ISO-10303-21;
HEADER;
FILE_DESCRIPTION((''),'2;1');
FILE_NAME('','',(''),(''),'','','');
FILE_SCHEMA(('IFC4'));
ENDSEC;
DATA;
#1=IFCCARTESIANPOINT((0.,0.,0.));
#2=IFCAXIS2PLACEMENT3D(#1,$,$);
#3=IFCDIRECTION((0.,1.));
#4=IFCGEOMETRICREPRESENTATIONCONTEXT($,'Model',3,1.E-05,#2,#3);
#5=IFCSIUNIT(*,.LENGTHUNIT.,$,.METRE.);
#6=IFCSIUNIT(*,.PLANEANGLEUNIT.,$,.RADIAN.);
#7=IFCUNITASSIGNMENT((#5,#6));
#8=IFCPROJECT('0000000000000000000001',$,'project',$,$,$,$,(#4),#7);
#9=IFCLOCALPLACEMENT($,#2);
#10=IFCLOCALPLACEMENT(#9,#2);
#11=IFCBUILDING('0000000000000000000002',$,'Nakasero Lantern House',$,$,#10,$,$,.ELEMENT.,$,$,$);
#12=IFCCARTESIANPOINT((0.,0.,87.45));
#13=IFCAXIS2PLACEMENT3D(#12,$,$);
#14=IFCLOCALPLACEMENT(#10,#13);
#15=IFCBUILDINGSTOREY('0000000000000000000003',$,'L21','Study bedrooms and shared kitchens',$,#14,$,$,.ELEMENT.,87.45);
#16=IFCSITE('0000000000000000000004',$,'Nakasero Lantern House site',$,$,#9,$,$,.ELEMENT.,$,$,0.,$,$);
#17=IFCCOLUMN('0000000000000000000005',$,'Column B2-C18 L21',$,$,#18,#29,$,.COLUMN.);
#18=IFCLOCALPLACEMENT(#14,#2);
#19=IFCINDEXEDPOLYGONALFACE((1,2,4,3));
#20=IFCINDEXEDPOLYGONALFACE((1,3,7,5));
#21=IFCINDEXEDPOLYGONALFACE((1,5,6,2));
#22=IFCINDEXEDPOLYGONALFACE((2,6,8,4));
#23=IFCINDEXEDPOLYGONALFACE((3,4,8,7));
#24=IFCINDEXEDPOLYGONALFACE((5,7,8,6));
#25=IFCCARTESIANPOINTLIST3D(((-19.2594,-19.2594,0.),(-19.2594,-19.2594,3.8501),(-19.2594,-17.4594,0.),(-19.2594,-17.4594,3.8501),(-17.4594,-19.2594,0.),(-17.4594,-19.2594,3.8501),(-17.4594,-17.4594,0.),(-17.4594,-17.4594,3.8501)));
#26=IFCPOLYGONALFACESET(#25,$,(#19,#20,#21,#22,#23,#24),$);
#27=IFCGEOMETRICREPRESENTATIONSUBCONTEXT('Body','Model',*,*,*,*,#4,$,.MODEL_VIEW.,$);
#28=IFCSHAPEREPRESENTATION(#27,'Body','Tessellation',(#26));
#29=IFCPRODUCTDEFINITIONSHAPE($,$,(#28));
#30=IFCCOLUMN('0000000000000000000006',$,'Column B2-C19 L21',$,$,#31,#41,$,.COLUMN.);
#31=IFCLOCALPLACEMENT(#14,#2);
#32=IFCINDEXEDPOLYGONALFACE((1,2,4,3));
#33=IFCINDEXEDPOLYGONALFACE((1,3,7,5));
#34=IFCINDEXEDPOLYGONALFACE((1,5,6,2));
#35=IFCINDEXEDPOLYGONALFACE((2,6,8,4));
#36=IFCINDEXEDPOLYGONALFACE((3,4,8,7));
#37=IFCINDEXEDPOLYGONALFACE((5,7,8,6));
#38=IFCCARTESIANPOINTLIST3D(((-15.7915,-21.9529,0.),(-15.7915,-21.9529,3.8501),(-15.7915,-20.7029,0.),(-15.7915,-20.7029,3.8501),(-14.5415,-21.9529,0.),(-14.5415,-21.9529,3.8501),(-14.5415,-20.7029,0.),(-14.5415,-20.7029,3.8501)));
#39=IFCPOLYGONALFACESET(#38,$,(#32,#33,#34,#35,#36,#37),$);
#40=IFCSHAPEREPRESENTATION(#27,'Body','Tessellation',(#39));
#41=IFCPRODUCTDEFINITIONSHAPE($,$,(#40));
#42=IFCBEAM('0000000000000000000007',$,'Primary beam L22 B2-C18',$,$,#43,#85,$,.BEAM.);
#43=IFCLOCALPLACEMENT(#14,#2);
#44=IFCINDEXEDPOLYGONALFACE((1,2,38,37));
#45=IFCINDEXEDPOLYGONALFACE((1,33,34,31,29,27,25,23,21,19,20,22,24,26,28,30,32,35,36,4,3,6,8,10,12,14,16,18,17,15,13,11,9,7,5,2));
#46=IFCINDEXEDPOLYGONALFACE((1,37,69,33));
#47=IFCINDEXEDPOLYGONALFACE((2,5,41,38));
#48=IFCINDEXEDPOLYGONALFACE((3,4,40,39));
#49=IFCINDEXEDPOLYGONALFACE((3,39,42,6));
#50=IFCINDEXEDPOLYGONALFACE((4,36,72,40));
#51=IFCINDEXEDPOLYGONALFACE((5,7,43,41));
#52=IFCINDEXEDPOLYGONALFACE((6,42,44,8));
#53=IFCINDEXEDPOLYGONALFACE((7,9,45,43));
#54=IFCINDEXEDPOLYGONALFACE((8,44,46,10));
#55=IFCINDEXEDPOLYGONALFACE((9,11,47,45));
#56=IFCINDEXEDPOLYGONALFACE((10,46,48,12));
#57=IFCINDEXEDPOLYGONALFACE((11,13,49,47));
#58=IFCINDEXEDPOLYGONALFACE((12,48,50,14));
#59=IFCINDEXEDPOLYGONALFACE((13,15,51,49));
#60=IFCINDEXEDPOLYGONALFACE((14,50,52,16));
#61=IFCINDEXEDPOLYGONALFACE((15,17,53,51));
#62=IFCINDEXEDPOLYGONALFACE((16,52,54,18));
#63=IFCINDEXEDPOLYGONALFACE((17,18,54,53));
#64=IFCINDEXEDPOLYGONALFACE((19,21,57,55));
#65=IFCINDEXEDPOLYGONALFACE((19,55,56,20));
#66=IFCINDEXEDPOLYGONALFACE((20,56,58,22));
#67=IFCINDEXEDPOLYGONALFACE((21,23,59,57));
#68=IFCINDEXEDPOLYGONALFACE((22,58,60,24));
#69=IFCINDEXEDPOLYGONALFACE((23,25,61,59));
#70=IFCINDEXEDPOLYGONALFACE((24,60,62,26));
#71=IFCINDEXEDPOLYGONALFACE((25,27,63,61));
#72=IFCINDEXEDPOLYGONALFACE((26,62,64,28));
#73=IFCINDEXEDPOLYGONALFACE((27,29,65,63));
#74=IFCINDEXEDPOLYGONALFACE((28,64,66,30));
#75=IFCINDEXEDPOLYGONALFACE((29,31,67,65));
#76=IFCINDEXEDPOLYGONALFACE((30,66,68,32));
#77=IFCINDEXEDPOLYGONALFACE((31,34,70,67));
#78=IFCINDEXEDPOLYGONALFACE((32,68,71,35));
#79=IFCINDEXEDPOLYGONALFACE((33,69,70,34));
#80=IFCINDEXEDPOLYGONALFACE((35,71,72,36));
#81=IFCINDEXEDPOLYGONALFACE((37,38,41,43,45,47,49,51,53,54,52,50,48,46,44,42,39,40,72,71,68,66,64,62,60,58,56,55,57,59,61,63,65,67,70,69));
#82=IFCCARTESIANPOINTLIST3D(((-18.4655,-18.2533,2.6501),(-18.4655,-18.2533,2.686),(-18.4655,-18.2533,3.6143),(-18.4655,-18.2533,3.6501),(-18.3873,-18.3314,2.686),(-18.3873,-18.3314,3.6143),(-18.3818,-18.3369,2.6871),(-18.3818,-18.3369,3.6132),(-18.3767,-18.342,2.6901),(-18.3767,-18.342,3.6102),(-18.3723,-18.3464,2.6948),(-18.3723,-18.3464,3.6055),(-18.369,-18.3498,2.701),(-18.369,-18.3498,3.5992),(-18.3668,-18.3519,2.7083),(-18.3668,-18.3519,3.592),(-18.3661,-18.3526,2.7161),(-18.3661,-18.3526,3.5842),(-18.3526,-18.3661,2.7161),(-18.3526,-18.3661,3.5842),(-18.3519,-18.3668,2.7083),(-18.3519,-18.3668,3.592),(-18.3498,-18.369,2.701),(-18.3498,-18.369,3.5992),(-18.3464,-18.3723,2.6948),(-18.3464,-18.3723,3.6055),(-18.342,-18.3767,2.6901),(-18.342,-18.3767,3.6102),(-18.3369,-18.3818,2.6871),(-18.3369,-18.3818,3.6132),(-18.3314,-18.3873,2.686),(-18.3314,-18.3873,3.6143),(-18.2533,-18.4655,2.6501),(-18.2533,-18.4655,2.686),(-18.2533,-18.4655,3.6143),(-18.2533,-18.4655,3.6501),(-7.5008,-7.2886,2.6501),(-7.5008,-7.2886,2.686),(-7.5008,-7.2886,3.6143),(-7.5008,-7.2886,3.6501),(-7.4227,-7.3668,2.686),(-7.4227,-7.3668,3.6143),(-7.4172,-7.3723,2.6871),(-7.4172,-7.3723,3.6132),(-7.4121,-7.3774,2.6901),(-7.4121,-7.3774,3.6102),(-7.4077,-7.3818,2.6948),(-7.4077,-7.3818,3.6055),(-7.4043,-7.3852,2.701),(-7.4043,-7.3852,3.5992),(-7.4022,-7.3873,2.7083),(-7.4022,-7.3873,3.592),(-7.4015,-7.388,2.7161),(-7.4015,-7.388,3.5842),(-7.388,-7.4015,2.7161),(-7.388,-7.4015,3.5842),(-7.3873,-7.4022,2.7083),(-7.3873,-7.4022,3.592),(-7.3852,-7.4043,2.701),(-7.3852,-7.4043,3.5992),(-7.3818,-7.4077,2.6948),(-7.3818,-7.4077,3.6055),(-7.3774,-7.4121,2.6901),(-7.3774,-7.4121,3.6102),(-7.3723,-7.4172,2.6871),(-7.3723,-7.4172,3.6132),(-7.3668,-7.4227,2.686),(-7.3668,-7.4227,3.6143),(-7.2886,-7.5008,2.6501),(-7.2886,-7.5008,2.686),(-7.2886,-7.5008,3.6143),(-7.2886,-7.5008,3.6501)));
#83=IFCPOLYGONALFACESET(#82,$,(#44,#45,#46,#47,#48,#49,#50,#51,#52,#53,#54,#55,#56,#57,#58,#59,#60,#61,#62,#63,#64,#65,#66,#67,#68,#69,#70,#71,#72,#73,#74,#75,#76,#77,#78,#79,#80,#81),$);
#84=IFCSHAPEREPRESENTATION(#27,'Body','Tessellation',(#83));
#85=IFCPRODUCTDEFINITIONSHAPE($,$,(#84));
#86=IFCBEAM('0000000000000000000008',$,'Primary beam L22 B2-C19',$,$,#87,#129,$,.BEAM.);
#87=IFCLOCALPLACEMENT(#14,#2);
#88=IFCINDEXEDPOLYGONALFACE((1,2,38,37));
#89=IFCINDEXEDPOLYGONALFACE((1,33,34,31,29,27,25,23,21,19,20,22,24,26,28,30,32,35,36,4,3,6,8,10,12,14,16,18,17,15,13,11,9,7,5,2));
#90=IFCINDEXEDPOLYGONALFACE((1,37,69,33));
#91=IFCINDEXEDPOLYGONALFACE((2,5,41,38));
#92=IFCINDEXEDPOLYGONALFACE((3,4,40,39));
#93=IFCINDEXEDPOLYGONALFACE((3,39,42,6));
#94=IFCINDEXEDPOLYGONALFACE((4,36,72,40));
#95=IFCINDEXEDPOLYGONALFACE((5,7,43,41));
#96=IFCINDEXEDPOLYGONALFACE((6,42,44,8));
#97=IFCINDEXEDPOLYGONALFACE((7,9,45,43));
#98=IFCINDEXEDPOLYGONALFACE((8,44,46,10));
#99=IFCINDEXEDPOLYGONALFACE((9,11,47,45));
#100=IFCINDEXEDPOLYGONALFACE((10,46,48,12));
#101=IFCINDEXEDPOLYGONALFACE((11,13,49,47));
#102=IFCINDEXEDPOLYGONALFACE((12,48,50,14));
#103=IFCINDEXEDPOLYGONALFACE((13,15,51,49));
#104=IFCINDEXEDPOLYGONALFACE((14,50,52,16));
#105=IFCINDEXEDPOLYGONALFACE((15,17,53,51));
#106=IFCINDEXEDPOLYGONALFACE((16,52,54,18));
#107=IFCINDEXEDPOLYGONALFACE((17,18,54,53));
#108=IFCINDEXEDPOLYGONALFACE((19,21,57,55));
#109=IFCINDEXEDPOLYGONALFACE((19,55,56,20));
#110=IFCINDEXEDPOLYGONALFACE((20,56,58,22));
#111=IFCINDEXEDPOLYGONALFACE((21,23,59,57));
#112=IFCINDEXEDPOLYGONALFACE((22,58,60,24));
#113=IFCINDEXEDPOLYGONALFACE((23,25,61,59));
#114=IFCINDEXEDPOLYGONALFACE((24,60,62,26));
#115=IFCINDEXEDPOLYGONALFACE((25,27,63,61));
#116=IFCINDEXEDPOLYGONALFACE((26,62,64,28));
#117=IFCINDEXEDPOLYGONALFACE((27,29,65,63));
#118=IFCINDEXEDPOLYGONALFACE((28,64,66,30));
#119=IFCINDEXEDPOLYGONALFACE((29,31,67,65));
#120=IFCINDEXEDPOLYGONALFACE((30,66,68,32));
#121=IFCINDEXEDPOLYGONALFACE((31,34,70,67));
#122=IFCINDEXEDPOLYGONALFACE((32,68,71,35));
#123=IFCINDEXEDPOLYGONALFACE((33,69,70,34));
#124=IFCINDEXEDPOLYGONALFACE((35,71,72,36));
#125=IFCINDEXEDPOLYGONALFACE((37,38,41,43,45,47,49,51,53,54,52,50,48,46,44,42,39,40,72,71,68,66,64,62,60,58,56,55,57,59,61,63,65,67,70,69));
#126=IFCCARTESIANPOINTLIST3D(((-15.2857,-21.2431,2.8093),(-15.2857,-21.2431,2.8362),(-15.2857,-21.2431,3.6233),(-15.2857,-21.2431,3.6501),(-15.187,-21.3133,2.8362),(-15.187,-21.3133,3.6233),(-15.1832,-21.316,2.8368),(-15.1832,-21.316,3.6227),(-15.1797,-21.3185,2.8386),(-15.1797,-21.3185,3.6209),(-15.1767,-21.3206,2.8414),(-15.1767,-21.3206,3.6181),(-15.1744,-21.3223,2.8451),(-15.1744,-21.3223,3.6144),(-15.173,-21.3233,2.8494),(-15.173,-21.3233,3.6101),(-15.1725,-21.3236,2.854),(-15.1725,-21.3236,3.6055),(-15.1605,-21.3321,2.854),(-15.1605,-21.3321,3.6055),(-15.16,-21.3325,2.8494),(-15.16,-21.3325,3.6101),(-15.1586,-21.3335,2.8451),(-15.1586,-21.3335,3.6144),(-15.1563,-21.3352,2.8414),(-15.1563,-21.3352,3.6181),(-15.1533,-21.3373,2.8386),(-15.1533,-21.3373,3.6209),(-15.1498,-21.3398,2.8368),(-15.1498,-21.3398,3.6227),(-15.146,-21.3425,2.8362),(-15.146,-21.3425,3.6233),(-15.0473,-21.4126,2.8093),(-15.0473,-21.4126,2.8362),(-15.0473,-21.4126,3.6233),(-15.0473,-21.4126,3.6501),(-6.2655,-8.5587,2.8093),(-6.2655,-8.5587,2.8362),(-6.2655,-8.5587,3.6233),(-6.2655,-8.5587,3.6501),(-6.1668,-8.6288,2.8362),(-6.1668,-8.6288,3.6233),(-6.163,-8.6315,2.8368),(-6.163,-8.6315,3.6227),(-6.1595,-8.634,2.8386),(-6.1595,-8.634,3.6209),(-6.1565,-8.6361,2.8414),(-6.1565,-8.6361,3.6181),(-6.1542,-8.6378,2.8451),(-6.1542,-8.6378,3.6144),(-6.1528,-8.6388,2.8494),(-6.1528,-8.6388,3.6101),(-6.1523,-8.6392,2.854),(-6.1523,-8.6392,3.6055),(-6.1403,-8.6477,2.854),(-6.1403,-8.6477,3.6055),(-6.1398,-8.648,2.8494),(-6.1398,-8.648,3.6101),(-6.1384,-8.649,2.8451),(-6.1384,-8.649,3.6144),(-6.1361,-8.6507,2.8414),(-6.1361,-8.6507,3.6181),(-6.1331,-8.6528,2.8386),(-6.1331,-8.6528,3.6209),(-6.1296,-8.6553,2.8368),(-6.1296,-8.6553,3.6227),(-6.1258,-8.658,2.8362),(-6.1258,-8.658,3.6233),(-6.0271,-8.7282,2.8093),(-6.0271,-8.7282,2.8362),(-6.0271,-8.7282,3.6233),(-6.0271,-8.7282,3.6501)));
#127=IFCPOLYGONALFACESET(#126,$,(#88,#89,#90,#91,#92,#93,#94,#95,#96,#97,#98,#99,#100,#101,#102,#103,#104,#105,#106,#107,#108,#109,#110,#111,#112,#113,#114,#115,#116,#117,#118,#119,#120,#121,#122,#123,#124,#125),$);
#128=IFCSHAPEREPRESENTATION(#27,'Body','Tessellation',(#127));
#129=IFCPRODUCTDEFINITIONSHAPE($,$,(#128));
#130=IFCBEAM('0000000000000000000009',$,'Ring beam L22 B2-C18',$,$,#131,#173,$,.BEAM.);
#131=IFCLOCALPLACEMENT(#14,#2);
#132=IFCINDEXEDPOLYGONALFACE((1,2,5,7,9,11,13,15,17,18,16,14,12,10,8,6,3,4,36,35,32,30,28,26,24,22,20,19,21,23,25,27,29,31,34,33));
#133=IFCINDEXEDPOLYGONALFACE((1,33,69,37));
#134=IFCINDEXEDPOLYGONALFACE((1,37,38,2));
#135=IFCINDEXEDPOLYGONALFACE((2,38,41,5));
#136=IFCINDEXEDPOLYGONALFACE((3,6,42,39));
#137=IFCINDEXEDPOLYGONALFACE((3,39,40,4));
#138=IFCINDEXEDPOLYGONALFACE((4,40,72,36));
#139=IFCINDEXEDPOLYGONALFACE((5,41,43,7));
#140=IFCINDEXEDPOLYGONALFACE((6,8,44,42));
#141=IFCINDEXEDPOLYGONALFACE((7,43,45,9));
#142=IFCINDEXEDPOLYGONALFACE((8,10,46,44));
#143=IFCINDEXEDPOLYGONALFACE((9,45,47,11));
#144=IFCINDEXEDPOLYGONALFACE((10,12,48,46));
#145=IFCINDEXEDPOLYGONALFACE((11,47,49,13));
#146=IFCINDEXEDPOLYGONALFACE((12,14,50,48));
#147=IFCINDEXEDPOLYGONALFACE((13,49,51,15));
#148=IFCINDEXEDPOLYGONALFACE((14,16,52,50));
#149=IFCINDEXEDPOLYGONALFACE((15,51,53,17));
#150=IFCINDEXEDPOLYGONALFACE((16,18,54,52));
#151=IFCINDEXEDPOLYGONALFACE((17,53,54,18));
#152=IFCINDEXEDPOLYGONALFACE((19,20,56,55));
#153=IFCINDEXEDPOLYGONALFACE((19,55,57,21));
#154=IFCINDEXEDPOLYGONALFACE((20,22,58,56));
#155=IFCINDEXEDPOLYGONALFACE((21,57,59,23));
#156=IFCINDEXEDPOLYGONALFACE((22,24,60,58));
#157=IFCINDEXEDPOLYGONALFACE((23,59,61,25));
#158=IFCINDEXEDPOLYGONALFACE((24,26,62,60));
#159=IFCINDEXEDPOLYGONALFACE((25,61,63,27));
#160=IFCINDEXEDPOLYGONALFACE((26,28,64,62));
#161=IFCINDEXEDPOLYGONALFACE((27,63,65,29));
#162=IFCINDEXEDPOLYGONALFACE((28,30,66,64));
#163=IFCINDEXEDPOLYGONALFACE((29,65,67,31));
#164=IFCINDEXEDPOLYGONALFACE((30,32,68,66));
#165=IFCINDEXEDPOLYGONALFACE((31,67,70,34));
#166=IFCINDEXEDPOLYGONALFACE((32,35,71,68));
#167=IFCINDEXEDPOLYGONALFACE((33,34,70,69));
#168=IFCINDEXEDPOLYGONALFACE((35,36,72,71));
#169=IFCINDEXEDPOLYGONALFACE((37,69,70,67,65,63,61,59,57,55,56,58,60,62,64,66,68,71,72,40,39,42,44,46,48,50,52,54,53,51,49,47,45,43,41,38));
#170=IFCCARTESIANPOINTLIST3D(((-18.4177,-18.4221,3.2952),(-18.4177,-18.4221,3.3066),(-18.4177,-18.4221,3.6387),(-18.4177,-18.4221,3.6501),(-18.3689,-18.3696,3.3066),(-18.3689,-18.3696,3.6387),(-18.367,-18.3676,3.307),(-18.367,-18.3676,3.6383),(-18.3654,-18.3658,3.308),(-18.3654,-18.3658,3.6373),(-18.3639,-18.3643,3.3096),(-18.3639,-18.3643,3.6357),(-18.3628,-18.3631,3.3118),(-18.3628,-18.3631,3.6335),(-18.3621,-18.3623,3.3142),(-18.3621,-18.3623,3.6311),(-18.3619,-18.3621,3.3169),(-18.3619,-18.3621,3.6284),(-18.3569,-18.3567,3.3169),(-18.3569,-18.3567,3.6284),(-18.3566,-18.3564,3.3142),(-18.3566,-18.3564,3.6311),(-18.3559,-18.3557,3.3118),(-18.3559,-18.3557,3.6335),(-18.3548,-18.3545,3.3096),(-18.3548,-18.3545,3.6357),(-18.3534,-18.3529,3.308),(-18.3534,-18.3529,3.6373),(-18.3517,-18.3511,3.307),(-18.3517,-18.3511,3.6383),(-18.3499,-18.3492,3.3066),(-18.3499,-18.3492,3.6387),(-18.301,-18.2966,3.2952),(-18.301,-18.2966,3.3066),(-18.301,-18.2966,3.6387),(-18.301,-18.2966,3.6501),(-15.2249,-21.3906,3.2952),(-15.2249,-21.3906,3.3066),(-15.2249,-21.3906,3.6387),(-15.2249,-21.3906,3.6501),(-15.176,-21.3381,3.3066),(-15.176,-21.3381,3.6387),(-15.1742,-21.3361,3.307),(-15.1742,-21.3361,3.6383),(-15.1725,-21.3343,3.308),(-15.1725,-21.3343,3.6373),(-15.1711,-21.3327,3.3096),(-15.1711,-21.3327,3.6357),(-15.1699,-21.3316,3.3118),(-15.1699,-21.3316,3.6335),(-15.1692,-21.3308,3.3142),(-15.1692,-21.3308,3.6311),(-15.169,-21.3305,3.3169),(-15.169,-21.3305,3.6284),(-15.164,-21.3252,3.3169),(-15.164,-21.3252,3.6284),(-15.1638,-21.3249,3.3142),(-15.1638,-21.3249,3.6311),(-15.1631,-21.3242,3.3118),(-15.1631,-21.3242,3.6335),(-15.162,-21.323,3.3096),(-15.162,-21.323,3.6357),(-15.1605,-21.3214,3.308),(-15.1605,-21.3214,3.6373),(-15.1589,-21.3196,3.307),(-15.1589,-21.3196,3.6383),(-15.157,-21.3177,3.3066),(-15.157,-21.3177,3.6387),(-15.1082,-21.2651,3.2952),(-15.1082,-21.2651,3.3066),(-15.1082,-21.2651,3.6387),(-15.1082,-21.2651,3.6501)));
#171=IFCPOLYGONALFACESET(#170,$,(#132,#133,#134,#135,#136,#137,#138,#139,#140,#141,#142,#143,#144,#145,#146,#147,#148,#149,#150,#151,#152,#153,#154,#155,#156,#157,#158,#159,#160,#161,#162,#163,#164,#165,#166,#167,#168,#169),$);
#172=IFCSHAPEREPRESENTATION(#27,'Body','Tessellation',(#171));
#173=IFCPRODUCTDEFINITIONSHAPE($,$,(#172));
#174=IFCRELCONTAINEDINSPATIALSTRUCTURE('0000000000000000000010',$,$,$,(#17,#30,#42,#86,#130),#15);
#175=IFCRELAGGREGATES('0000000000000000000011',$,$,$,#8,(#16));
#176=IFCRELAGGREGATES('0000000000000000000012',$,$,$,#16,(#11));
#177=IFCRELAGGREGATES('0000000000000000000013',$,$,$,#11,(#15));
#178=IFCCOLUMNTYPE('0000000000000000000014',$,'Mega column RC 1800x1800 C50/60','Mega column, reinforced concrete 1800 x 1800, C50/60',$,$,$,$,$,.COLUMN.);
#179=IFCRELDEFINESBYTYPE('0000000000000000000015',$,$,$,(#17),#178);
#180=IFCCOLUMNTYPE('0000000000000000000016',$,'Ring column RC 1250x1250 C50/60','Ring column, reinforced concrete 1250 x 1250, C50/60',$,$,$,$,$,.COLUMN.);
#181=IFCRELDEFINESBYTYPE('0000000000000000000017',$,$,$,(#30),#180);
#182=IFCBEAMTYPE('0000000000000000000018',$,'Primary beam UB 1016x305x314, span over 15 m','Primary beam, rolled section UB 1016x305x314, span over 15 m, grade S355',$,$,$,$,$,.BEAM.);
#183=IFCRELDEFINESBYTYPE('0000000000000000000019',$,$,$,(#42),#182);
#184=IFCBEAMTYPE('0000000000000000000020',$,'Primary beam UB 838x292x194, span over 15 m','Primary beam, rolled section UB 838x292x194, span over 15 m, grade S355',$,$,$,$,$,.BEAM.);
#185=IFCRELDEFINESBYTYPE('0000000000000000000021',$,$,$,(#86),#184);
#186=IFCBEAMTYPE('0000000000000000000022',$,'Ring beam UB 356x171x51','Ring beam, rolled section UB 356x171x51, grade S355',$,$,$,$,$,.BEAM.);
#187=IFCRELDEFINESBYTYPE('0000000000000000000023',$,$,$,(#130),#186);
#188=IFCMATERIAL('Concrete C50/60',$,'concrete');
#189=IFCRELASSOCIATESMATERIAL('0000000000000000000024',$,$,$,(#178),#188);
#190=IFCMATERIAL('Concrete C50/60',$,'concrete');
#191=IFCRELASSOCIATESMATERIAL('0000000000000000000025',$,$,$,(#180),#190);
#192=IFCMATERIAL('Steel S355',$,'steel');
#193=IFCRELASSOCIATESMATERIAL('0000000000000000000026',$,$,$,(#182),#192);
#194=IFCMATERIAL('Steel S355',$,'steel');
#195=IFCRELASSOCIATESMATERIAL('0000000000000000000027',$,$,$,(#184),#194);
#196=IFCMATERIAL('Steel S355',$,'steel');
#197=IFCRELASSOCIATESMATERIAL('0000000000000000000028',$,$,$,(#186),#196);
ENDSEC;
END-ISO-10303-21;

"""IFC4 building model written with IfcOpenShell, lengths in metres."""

from ifc_helpers import new_model, si_unit, direction, frame, origin, origin_2d, place, context, subcontext, project, spatial, rectangle, i_section, extrude, material, material_profile, profile_set, type_object, element, save


model = new_model("IFC4")

# Units and contexts
model_context = context("Model", 3, precision=1e-05, world=origin(), true_north=direction((0.0, 1.0)))
body_context = subcontext(model_context, "Body", "Model", "MODEL_VIEW")
ifc_project = project(units=[si_unit("LENGTHUNIT", "METRE"), si_unit("PLANEANGLEUNIT", "RADIAN")], contexts=[model_context])

# Site, building, storey
site_placement = place(None, origin())
site = spatial("IfcSite", under=ifc_project, at=site_placement, Name="Nakasero Lantern House site", CompositionType="ELEMENT", RefElevation=0.0)
building_placement = place(site_placement, origin())
building = spatial("IfcBuilding", under=site, at=building_placement, Name="Nakasero Lantern House", CompositionType="ELEMENT")
storey_placement = place(building_placement, frame((0.0, 0.0, 87.45)))
storey = spatial("IfcBuildingStorey", under=building, at=storey_placement, Name="L21", Description="Study bedrooms and shared kitchens", CompositionType="ELEMENT", Elevation=87.45)

# Columns
ifc_material_1 = material(Name="Concrete C50/60", Category="concrete")
ifc_material_profile_1 = material_profile(ifc_material_1, rectangle(XDim=1.8, YDim=1.8, at=origin_2d()), Name="RC 1800x1800")
ifc_profile_set_1 = profile_set([ifc_material_profile_1], Name="Concrete C50/60")
column_type_1 = type_object("IfcColumnType", Name="Mega column RC 1800x1800 C50/60", Description="Mega column, reinforced concrete 1800 x 1800, C50/60", PredefinedType="COLUMN", material=ifc_profile_set_1)
column_1_placement = place(storey_placement, frame((-18.3594, -18.3594, 0.0), z_axis=(0.0, 0.0, 1.0), x_axis=(1.0, 0.0, 0.0)))
element("IfcColumn", 1, at=column_1_placement, inside=storey, type_object=column_type_1, Name="Column B2-C18 L21", PredefinedType="COLUMN", context=body_context, shape_type="SweptSolid", body=[
    extrude(rectangle(XDim=1.8, YDim=1.8, at=origin_2d()), origin(), (0.0, 0.0, 1.0), 3.8501),
])
ifc_material_2 = material(Name="Concrete C50/60", Category="concrete")
ifc_material_profile_2 = material_profile(ifc_material_2, rectangle(XDim=1.25, YDim=1.25, at=origin_2d()), Name="RC 1250x1250")
ifc_profile_set_2 = profile_set([ifc_material_profile_2], Name="Concrete C50/60")
column_type_2 = type_object("IfcColumnType", Name="Ring column RC 1250x1250 C50/60", Description="Ring column, reinforced concrete 1250 x 1250, C50/60", PredefinedType="COLUMN", material=ifc_profile_set_2)
column_2_placement = place(storey_placement, frame((-15.1665, -21.3279, 0.0), z_axis=(0.0, 0.0, 1.0), x_axis=(1.0, 0.0, 0.0)))
element("IfcColumn", 2, at=column_2_placement, inside=storey, type_object=column_type_2, Name="Column B2-C19 L21", PredefinedType="COLUMN", context=body_context, shape_type="SweptSolid", body=[
    extrude(rectangle(XDim=1.25, YDim=1.25, at=origin_2d()), origin(), (0.0, 0.0, 1.0), 3.8501),
])

# Beams
ifc_material_3 = material(Name="Steel S355", Category="steel")
ifc_material_profile_3 = material_profile(ifc_material_3, i_section(OverallWidth=0.3, OverallDepth=1.0, WebThickness=0.019, FlangeThickness=0.0359, FilletRadius=0.03, at=origin_2d()), Name="UB 1016x305x314")
ifc_profile_set_3 = profile_set([ifc_material_profile_3], Name="Steel S355")
beam_type_1 = type_object("IfcBeamType", Name="Primary beam UB 1016x305x314, span over 15 m", Description="Primary beam, rolled section UB 1016x305x314, span over 15 m, grade S355", PredefinedType="BEAM", material=ifc_profile_set_3)
beam_1_placement = place(storey_placement, frame((-18.3594, -18.3594, 3.1501), z_axis=(0.707107, 0.707107, 0.0), x_axis=(-0.707107, 0.707107, 0.0)))
element("IfcBeam", 3, at=beam_1_placement, inside=storey, type_object=beam_type_1, Name="Primary beam L22 B2-C18", PredefinedType="BEAM", context=body_context, shape_type="SweptSolid", body=[
    extrude(i_section(OverallWidth=0.3, OverallDepth=1.0, WebThickness=0.019, FlangeThickness=0.0359, FilletRadius=0.03, at=origin_2d()), origin(), (0.0, 0.0, 1.0), 15.5063),
])
ifc_material_4 = material(Name="Steel S355", Category="steel")
ifc_material_profile_4 = material_profile(ifc_material_4, i_section(OverallWidth=0.2925, OverallDepth=0.8408, WebThickness=0.0146, FlangeThickness=0.0269, FilletRadius=0.0178, at=origin_2d()), Name="UB 838x292x194")
ifc_profile_set_4 = profile_set([ifc_material_profile_4], Name="Steel S355")
beam_type_2 = type_object("IfcBeamType", Name="Primary beam UB 838x292x194, span over 15 m", Description="Primary beam, rolled section UB 838x292x194, span over 15 m, grade S355", PredefinedType="BEAM", material=ifc_profile_set_4)
beam_2_placement = place(storey_placement, frame((-15.1665, -21.3279, 3.2297), z_axis=(0.579529, 0.814952, 0.0), x_axis=(-0.814952, 0.579529, 0.0)))
element("IfcBeam", 4, at=beam_2_placement, inside=storey, type_object=beam_type_2, Name="Primary beam L22 B2-C19", PredefinedType="BEAM", context=body_context, shape_type="SweptSolid", body=[
    extrude(i_section(OverallWidth=0.2925, OverallDepth=0.8408, WebThickness=0.0146, FlangeThickness=0.0269, FilletRadius=0.0178, at=origin_2d()), origin(), (0.0, 0.0, 1.0), 15.5647),
])
ifc_material_5 = material(Name="Steel S355", Category="steel")
ifc_material_profile_5 = material_profile(ifc_material_5, i_section(OverallWidth=0.1714, OverallDepth=0.355, WebThickness=0.0073, FlangeThickness=0.0115, FilletRadius=0.0103, at=origin_2d()), Name="UB 356x171x51")
ifc_profile_set_5 = profile_set([ifc_material_profile_5], Name="Steel S355")
beam_type_3 = type_object("IfcBeamType", Name="Ring beam UB 356x171x51", Description="Ring beam, rolled section UB 356x171x51, grade S355", PredefinedType="BEAM", material=ifc_profile_set_5)
beam_3_placement = place(storey_placement, frame((-18.3594, -18.3594, 3.4727), z_axis=(0.732371, -0.680906, 0.0), x_axis=(0.680906, 0.732371, 0.0)))
element("IfcBeam", 5, at=beam_3_placement, inside=storey, type_object=beam_type_3, Name="Ring beam L22 B2-C18", PredefinedType="BEAM", context=body_context, shape_type="SweptSolid", body=[
    extrude(i_section(OverallWidth=0.1714, OverallDepth=0.355, WebThickness=0.0073, FlangeThickness=0.0115, FilletRadius=0.0103, at=origin_2d()), origin(), (0.0, 0.0, 1.0), 4.3596),
])

save(model, "model.ifc")
